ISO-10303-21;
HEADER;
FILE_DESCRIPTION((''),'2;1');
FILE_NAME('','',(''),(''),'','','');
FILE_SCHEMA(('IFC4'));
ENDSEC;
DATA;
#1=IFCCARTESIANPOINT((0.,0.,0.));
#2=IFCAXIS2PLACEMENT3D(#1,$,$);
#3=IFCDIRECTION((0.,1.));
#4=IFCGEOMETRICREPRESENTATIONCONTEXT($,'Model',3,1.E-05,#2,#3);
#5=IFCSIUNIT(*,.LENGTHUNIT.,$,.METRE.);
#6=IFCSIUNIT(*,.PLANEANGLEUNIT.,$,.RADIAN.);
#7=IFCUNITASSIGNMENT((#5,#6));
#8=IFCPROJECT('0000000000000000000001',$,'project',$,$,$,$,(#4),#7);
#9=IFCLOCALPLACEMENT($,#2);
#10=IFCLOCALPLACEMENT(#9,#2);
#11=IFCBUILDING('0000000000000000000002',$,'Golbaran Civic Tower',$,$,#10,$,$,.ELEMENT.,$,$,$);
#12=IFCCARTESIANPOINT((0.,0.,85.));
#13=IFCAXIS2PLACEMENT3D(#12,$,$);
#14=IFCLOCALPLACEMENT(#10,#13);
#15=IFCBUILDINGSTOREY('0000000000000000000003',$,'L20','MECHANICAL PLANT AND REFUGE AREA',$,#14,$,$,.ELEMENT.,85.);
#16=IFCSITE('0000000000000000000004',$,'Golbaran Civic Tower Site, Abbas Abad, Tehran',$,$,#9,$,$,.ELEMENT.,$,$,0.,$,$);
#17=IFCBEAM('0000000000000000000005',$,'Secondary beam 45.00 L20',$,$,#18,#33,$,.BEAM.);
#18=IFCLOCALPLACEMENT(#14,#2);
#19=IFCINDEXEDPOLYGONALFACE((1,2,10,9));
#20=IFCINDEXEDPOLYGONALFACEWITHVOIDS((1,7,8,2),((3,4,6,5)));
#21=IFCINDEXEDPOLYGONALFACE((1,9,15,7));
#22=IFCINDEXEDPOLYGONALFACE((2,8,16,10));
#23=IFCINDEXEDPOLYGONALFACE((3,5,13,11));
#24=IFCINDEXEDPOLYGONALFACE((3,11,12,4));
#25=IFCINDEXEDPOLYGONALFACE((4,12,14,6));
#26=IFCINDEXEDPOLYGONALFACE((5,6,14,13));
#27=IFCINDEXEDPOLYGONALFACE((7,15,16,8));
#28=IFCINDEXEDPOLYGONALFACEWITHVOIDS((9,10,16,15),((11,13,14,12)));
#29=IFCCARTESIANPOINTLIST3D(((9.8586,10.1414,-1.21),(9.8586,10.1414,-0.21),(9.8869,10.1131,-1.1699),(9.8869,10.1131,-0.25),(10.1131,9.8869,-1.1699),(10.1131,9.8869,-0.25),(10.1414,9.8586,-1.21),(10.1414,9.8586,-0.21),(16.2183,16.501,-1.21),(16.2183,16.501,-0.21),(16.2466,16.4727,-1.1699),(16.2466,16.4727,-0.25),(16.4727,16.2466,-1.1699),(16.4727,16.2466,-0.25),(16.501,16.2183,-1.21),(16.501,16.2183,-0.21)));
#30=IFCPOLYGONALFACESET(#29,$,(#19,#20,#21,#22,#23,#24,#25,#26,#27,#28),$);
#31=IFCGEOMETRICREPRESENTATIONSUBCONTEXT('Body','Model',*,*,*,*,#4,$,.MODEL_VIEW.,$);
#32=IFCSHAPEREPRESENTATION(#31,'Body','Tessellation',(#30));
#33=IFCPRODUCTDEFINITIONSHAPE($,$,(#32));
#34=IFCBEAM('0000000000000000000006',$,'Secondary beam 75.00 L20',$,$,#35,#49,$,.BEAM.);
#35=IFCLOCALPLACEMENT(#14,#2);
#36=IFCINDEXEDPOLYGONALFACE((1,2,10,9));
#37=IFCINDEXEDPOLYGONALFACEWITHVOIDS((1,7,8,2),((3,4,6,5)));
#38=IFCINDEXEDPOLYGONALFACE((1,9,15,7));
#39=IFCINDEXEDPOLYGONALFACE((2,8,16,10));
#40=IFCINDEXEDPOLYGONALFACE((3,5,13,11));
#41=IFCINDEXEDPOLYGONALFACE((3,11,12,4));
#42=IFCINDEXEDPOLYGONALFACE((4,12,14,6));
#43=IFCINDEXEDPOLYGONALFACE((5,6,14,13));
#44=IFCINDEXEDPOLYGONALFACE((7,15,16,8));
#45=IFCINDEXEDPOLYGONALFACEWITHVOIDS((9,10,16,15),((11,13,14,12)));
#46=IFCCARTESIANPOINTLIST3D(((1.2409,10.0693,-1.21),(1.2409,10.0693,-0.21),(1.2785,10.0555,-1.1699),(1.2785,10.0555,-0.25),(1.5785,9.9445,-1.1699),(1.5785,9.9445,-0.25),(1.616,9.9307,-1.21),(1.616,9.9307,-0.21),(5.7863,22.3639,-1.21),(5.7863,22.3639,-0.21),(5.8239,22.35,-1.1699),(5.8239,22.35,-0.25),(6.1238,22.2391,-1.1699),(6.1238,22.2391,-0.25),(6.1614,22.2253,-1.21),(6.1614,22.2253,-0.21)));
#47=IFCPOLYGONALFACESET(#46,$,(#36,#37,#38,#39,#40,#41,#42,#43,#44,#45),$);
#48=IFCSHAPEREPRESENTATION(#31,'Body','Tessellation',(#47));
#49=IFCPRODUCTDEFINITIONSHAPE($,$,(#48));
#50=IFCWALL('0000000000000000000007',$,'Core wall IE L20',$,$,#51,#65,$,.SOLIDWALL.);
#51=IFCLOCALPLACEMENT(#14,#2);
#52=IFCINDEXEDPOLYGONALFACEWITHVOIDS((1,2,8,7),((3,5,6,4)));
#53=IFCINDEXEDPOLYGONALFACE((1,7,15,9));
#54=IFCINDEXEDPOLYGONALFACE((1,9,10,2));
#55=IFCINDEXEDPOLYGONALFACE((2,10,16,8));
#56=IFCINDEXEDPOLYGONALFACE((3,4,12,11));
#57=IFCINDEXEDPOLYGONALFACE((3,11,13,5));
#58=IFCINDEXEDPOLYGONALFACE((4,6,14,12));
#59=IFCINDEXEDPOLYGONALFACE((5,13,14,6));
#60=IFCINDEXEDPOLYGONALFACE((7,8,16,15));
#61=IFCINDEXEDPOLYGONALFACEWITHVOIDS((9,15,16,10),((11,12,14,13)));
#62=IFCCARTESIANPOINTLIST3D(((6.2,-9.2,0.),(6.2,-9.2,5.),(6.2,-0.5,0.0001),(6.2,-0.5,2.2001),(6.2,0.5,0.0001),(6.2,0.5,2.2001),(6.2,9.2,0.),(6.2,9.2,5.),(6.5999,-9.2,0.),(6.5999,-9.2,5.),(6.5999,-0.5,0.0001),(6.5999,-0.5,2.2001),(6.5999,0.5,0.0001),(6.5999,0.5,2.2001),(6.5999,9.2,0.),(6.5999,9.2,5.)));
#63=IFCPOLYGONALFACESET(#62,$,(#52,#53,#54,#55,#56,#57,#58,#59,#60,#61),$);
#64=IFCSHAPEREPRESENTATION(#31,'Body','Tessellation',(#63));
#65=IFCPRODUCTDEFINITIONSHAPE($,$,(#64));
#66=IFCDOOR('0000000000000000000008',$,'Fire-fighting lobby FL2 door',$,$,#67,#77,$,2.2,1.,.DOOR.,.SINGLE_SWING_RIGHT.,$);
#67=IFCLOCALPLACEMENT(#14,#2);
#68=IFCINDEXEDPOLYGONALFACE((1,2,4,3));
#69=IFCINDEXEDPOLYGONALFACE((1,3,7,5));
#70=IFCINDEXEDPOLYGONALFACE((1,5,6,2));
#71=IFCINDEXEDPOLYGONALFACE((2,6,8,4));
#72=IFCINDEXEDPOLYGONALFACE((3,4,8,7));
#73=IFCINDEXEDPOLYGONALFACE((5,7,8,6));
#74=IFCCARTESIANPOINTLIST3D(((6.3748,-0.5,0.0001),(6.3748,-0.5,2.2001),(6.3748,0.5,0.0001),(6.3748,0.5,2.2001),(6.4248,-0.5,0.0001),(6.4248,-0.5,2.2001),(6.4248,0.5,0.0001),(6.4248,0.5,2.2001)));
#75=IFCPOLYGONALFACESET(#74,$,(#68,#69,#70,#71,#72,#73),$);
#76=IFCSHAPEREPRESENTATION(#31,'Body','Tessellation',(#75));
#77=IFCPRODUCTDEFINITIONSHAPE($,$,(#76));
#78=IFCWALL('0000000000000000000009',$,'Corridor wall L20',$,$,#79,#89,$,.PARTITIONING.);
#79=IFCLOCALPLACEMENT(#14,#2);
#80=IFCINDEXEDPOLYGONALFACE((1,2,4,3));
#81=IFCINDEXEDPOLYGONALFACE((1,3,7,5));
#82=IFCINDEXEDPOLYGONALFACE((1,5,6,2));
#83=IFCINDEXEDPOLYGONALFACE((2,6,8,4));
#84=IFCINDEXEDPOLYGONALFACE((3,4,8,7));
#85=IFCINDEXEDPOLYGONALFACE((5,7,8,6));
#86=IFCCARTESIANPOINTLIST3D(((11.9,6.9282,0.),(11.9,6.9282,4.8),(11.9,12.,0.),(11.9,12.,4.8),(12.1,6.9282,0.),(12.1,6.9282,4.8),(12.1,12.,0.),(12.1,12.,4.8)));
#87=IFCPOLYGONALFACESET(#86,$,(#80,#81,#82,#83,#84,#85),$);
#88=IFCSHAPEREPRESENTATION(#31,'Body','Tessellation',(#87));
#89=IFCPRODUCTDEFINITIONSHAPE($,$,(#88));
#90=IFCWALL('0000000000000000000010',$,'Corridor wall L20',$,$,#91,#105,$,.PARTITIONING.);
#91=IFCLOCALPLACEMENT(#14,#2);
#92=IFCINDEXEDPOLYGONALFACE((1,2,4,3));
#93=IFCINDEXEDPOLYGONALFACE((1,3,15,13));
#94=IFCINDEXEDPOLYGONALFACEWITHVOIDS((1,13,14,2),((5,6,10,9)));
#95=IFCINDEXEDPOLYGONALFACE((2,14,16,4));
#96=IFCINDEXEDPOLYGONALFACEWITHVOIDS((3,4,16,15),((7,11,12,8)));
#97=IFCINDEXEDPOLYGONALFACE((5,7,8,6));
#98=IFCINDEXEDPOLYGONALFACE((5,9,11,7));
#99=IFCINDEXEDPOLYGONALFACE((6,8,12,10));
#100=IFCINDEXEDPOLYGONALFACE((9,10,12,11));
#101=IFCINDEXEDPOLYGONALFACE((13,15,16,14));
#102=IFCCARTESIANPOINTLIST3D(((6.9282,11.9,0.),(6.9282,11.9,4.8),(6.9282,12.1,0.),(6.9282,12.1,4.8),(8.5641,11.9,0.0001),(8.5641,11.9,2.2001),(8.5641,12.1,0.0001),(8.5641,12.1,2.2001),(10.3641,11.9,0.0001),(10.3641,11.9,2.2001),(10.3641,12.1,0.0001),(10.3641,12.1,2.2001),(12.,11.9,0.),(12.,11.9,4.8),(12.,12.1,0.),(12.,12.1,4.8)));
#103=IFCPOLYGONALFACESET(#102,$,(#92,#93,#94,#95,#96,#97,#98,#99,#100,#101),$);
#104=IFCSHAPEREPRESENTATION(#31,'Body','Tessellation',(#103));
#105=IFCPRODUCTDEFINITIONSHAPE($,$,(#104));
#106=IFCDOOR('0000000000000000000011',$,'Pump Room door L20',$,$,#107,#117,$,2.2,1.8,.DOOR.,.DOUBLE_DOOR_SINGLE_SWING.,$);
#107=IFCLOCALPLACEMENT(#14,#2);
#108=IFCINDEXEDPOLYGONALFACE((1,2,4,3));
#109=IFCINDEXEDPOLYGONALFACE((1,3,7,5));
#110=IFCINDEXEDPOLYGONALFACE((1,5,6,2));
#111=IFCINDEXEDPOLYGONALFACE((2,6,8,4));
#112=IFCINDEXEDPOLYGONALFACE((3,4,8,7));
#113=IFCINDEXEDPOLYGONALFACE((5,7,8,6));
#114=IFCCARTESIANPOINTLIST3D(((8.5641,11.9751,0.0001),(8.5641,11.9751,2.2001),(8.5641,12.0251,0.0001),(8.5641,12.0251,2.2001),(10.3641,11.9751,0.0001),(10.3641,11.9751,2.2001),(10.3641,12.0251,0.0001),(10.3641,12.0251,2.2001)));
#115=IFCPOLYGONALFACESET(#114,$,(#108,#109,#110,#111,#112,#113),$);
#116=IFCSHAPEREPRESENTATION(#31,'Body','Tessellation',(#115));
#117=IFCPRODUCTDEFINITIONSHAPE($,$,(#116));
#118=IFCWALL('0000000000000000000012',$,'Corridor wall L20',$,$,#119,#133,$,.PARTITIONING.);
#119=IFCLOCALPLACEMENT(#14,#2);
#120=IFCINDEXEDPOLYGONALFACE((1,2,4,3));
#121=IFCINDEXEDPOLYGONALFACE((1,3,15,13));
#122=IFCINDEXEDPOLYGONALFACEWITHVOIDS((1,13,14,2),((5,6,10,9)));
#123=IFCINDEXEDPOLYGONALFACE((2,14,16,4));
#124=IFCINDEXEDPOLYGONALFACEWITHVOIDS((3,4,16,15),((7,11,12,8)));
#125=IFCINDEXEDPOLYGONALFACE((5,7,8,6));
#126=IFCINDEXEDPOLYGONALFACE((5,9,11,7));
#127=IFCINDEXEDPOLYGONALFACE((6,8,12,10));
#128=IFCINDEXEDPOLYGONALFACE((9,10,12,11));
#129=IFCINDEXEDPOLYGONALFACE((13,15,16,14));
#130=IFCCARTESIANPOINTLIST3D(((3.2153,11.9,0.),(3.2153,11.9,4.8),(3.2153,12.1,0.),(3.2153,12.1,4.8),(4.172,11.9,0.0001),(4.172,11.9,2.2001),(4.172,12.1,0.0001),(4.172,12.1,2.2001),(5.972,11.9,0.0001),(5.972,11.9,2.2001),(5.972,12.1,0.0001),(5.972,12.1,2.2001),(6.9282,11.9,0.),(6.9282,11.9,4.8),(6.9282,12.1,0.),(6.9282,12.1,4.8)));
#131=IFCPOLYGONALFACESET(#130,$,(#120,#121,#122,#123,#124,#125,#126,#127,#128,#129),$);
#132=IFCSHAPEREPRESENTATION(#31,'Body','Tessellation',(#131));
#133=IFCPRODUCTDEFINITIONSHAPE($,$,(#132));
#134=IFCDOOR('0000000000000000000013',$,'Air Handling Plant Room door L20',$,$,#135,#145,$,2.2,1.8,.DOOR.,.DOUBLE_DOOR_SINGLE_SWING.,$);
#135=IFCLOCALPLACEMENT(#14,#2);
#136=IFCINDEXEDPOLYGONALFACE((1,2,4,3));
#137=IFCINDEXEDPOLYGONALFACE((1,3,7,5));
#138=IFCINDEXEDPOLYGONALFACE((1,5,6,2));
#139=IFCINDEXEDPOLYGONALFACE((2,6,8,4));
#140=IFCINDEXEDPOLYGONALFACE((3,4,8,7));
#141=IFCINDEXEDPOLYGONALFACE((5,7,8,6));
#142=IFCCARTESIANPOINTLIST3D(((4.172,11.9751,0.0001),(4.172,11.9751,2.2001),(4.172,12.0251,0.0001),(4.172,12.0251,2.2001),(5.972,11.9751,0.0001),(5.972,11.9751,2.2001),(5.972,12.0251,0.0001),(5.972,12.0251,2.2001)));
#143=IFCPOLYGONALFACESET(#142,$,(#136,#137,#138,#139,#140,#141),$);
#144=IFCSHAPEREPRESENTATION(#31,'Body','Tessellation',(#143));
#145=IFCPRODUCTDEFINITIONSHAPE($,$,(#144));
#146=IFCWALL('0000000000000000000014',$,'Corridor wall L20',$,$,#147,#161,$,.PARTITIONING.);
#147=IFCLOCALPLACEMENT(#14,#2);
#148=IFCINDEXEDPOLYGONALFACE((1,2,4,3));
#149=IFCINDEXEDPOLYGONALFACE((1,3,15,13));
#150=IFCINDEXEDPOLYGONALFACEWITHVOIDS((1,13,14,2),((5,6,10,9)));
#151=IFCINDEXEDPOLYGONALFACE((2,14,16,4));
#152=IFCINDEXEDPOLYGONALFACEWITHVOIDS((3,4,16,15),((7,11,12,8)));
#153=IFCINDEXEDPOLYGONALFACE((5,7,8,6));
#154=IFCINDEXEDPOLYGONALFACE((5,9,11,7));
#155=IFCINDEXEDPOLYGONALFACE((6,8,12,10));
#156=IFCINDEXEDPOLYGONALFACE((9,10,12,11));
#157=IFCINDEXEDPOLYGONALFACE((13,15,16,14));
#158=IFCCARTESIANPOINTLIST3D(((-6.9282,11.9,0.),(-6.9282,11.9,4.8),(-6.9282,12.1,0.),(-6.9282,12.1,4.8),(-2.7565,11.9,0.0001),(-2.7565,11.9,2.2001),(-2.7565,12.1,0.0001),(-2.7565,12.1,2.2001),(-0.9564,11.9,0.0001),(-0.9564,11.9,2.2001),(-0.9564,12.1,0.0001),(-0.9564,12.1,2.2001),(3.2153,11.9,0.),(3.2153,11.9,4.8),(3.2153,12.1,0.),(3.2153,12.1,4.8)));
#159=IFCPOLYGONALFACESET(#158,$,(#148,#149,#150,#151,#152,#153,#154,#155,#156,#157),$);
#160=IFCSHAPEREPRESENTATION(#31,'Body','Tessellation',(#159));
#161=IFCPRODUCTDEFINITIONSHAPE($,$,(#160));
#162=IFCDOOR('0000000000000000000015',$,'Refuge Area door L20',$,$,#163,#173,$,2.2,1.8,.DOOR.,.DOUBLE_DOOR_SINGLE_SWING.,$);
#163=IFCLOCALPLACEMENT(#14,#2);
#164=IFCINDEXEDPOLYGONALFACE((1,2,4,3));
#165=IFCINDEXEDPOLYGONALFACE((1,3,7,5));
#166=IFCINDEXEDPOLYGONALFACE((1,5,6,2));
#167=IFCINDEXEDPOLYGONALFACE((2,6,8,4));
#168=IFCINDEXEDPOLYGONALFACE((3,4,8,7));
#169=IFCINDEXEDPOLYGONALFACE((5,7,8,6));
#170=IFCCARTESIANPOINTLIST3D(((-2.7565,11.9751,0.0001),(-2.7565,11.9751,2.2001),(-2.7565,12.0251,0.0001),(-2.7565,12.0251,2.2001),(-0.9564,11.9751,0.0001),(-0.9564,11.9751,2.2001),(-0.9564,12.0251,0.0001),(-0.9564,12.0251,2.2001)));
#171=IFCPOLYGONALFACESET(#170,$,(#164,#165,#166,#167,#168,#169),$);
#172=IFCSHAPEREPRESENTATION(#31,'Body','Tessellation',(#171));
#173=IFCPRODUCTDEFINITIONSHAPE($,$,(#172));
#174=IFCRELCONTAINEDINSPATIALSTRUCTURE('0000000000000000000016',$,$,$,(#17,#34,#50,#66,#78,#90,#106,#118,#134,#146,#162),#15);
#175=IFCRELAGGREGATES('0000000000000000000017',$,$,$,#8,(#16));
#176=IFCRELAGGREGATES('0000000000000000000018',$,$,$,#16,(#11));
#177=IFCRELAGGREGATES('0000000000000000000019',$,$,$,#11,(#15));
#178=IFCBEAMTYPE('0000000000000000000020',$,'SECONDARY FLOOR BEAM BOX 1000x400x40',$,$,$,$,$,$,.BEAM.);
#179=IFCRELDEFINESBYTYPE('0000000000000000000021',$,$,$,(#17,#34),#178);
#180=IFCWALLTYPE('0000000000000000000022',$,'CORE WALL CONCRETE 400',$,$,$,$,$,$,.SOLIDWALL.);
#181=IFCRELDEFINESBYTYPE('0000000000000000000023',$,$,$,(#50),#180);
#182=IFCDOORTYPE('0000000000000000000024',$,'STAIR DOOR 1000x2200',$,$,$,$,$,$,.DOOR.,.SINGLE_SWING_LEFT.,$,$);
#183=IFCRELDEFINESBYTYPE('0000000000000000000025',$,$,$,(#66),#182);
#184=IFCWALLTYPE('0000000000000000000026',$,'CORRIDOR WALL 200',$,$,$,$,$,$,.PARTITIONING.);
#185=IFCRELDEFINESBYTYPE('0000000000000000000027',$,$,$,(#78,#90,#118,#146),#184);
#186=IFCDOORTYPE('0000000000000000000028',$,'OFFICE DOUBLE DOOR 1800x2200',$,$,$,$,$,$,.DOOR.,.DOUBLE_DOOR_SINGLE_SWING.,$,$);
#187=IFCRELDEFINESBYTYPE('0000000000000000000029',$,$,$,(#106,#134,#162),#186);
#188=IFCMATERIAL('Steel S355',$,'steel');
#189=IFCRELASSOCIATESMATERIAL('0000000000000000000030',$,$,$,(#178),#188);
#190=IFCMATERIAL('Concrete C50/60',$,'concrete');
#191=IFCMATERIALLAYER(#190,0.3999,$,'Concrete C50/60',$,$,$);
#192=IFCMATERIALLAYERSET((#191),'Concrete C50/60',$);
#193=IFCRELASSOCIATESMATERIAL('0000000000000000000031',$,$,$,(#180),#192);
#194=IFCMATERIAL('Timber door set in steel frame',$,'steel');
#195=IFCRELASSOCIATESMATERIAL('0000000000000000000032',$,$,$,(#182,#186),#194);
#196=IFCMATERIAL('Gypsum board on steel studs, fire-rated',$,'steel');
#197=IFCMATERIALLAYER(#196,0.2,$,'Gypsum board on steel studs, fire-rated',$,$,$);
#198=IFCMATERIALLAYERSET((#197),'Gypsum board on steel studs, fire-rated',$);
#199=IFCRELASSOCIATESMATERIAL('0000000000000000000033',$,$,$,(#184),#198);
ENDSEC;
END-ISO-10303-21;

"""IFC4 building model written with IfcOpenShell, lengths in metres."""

from ifc_helpers import new_model, si_unit, direction, frame, frame_2d, origin, origin_2d, place, context, subcontext, project, spatial, rectangle, hollow_rectangle, extrude, material, layer, layer_set, material_profile, profile_set, type_object, element, fill, save


model = new_model("IFC4")

# Units and contexts
model_context = context("Model", 3, precision=1e-05, world=origin(), true_north=direction((0.0, 1.0)))
body_context = subcontext(model_context, "Body", "Model", "MODEL_VIEW")
ifc_project = project(units=[si_unit("LENGTHUNIT", "METRE"), si_unit("PLANEANGLEUNIT", "RADIAN")], contexts=[model_context])

# Site, building, storey
site_placement = place(None, origin())
site = spatial("IfcSite", under=ifc_project, at=site_placement, Name="Golbaran Civic Tower Site, Abbas Abad, Tehran", CompositionType="ELEMENT", RefElevation=0.0)
building_placement = place(site_placement, origin())
building = spatial("IfcBuilding", under=site, at=building_placement, Name="Golbaran Civic Tower", CompositionType="ELEMENT")
storey_placement = place(building_placement, frame((0.0, 0.0, 85.0)))
storey = spatial("IfcBuildingStorey", under=building, at=storey_placement, Name="L20", Description="MECHANICAL PLANT AND REFUGE AREA", CompositionType="ELEMENT", Elevation=85.0)

# Shared definitions
ifc_material_1 = material(Name="Steel S355", Category="steel")

# Beams
ifc_material_profile_1 = material_profile(ifc_material_1, hollow_rectangle(XDim=0.3999, YDim=1.0, WallThickness=0.04, at=origin_2d()), Name="BOX 1000x400x40")
ifc_profile_set_1 = profile_set([ifc_material_profile_1], Name="Steel S355")
beam_type_1 = type_object("IfcBeamType", Name="SECONDARY FLOOR BEAM BOX 1000x400x40", PredefinedType="BEAM", material=ifc_profile_set_1)
beam_1_placement = place(storey_placement, frame((10.0, 10.0, -0.71), z_axis=(0.707107, 0.707107, 0.0), x_axis=(-0.707107, 0.707107, 0.0)))
element("IfcBeam", 1, at=beam_1_placement, inside=storey, type_object=beam_type_1, Name="Secondary beam 45.00 L20", PredefinedType="BEAM", context=body_context, shape_type="SweptSolid", body=[
    extrude(hollow_rectangle(XDim=0.3999, YDim=1.0, WallThickness=0.04, at=origin_2d()), origin(), (0.0, 0.0, 1.0), 8.9939),
])
beam_2_placement = place(storey_placement, frame((1.4285, 10.0, -0.71), z_axis=(0.346766, 0.937952, 0.0), x_axis=(-0.937952, 0.346766, 0.0)))
element("IfcBeam", 2, at=beam_2_placement, inside=storey, type_object=beam_type_1, Name="Secondary beam 75.00 L20", PredefinedType="BEAM", context=body_context, shape_type="SweptSolid", body=[
    extrude(hollow_rectangle(XDim=0.3999, YDim=1.0, WallThickness=0.04, at=origin_2d()), origin(), (0.0, 0.0, 1.0), 13.1079),
])

# Wall, opening, door
ifc_material_2 = material(Name="Concrete C50/60", Category="concrete")
ifc_layer_1 = layer(ifc_material_2, 0.3999, Name="Concrete C50/60")
ifc_layer_set_1 = layer_set([ifc_layer_1], Name="Concrete C50/60")
wall_type_1 = type_object("IfcWallType", Name="CORE WALL CONCRETE 400", PredefinedType="SOLIDWALL", material=ifc_layer_set_1)
wall_1_placement = place(storey_placement, frame((6.3999, 9.2, 0.0), z_axis=(0.0, 0.0, 1.0), x_axis=(0.0, -1.0, 0.0)))
wall_1 = element("IfcWall", 3, at=wall_1_placement, inside=storey, type_object=wall_type_1, Name="Core wall IE L20", PredefinedType="SOLIDWALL", context=body_context, shape_type="SweptSolid", body=[
    extrude(rectangle(XDim=18.3999, YDim=0.3999, at=frame_2d((9.2, 0.0))), origin(), (0.0, 0.0, 1.0), 5.0),
])
opening_1_placement = place(wall_1_placement, frame((8.7, 0.0, 0.0)))
opening_1 = element("IfcOpeningElement", 4, at=opening_1_placement, cuts=wall_1, PredefinedType="OPENING", context=body_context, shape_type="SweptSolid", body=[
    extrude(rectangle(XDim=1.0, YDim=2.2, at=frame_2d((0.5, 1.1001))), frame((0.0, 0.21, 0.0), z_axis=(0.0, -1.0, 0.0), x_axis=(1.0, 0.0, 0.0)), (0.0, 0.0, 1.0), 0.4199),
])
ifc_material_3 = material(Name="Timber door set in steel frame", Category="steel")
door_type_1 = type_object("IfcDoorType", Name="STAIR DOOR 1000x2200", OperationType="SINGLE_SWING_LEFT", PredefinedType="DOOR", material=ifc_material_3)
door_1_placement = place(opening_1_placement, origin())
door_1 = element("IfcDoor", 5, at=door_1_placement, inside=storey, type_object=door_type_1, Name="Fire-fighting lobby FL2 door", OperationType="SINGLE_SWING_RIGHT", OverallHeight=2.2, OverallWidth=1.0, PredefinedType="DOOR", context=body_context, shape_type="SweptSolid", body=[
    extrude(rectangle(XDim=1.0, YDim=2.2, at=frame_2d((0.5, 1.1001))), frame((0.0, 0.0249, 0.0), z_axis=(0.0, -1.0, 0.0), x_axis=(1.0, 0.0, 0.0)), (0.0, 0.0, 1.0), 0.05),
])
fill(opening_1, door_1)

# Wall
ifc_material_4 = material(Name="Gypsum board on steel studs, fire-rated", Category="steel")
ifc_layer_2 = layer(ifc_material_4, 0.2, Name="Gypsum board on steel studs, fire-rated")
ifc_layer_set_2 = layer_set([ifc_layer_2], Name="Gypsum board on steel studs, fire-rated")
wall_type_2 = type_object("IfcWallType", Name="CORRIDOR WALL 200", PredefinedType="PARTITIONING", material=ifc_layer_set_2)
wall_2_placement = place(storey_placement, frame((12.0, 6.9282, 0.0), z_axis=(0.0, 0.0, 1.0), x_axis=(0.0, 1.0, 0.0)))
element("IfcWall", 6, at=wall_2_placement, inside=storey, type_object=wall_type_2, Name="Corridor wall L20", PredefinedType="PARTITIONING", context=body_context, shape_type="SweptSolid", body=[
    extrude(rectangle(XDim=5.0718, YDim=0.2, at=frame_2d((2.5359, 0.0))), origin(), (0.0, 0.0, 1.0), 4.8),
])

# Walls, openings, doors
wall_3_placement = place(storey_placement, frame((12.0, 12.0, 0.0), z_axis=(0.0, 0.0, 1.0), x_axis=(-1.0, 0.0, 0.0)))
wall_3 = element("IfcWall", 7, at=wall_3_placement, inside=storey, type_object=wall_type_2, Name="Corridor wall L20", PredefinedType="PARTITIONING", context=body_context, shape_type="SweptSolid", body=[
    extrude(rectangle(XDim=5.0718, YDim=0.2, at=frame_2d((2.5359, 0.0))), origin(), (0.0, 0.0, 1.0), 4.8),
])
opening_2_placement = place(wall_3_placement, frame((1.636, 0.0, 0.0)))
opening_2 = element("IfcOpeningElement", 8, at=opening_2_placement, cuts=wall_3, PredefinedType="OPENING", context=body_context, shape_type="SweptSolid", body=[
    extrude(rectangle(XDim=1.8, YDim=2.2, at=frame_2d((0.8999, 1.1001))), frame((0.0, 0.1099, 0.0), z_axis=(0.0, -1.0, 0.0), x_axis=(1.0, 0.0, 0.0)), (0.0, 0.0, 1.0), 0.22),
])
door_type_2 = type_object("IfcDoorType", Name="OFFICE DOUBLE DOOR 1800x2200", OperationType="DOUBLE_DOOR_SINGLE_SWING", PredefinedType="DOOR", material=ifc_material_3)
door_2_placement = place(opening_2_placement, origin())
door_2 = element("IfcDoor", 9, at=door_2_placement, inside=storey, type_object=door_type_2, Name="Pump Room door L20", OperationType="DOUBLE_DOOR_SINGLE_SWING", OverallHeight=2.2, OverallWidth=1.8, PredefinedType="DOOR", context=body_context, shape_type="SweptSolid", body=[
    extrude(rectangle(XDim=1.8, YDim=2.2, at=frame_2d((0.8999, 1.1001))), frame((0.0, 0.0249, 0.0), z_axis=(0.0, -1.0, 0.0), x_axis=(1.0, 0.0, 0.0)), (0.0, 0.0, 1.0), 0.05),
])
fill(opening_2, door_2)
wall_4_placement = place(storey_placement, frame((6.9282, 12.0, 0.0), z_axis=(0.0, 0.0, 1.0), x_axis=(-1.0, 0.0, 0.0)))
wall_4 = element("IfcWall", 10, at=wall_4_placement, inside=storey, type_object=wall_type_2, Name="Corridor wall L20", PredefinedType="PARTITIONING", context=body_context, shape_type="SweptSolid", body=[
    extrude(rectangle(XDim=3.7129, YDim=0.2, at=frame_2d((1.8564, 0.0))), origin(), (0.0, 0.0, 1.0), 4.8),
])
opening_3_placement = place(wall_4_placement, frame((0.9563, 0.0, 0.0)))
opening_3 = element("IfcOpeningElement", 11, at=opening_3_placement, cuts=wall_4, PredefinedType="OPENING", context=body_context, shape_type="SweptSolid", body=[
    extrude(rectangle(XDim=1.8, YDim=2.2, at=frame_2d((0.8999, 1.1001))), frame((0.0, 0.1099, 0.0), z_axis=(0.0, -1.0, 0.0), x_axis=(1.0, 0.0, 0.0)), (0.0, 0.0, 1.0), 0.22),
])
door_3_placement = place(opening_3_placement, origin())
door_3 = element("IfcDoor", 12, at=door_3_placement, inside=storey, type_object=door_type_2, Name="Air Handling Plant Room door L20", OperationType="DOUBLE_DOOR_SINGLE_SWING", OverallHeight=2.2, OverallWidth=1.8, PredefinedType="DOOR", context=body_context, shape_type="SweptSolid", body=[
    extrude(rectangle(XDim=1.8, YDim=2.2, at=frame_2d((0.8999, 1.1001))), frame((0.0, 0.0249, 0.0), z_axis=(0.0, -1.0, 0.0), x_axis=(1.0, 0.0, 0.0)), (0.0, 0.0, 1.0), 0.05),
])
fill(opening_3, door_3)
wall_5_placement = place(storey_placement, frame((3.2153, 12.0, 0.0), z_axis=(0.0, 0.0, 1.0), x_axis=(-1.0, 0.0, 0.0)))
wall_5 = element("IfcWall", 13, at=wall_5_placement, inside=storey, type_object=wall_type_2, Name="Corridor wall L20", PredefinedType="PARTITIONING", context=body_context, shape_type="SweptSolid", body=[
    extrude(rectangle(XDim=10.1436, YDim=0.2, at=frame_2d((5.0718, 0.0))), origin(), (0.0, 0.0, 1.0), 4.8),
])
opening_4_placement = place(wall_5_placement, frame((4.1719, 0.0, 0.0)))
opening_4 = element("IfcOpeningElement", 14, at=opening_4_placement, cuts=wall_5, PredefinedType="OPENING", context=body_context, shape_type="SweptSolid", body=[
    extrude(rectangle(XDim=1.8, YDim=2.2, at=frame_2d((0.8999, 1.1001))), frame((0.0, 0.1099, 0.0), z_axis=(0.0, -1.0, 0.0), x_axis=(1.0, 0.0, 0.0)), (0.0, 0.0, 1.0), 0.22),
])
door_4_placement = place(opening_4_placement, origin())
door_4 = element("IfcDoor", 15, at=door_4_placement, inside=storey, type_object=door_type_2, Name="Refuge Area door L20", OperationType="DOUBLE_DOOR_SINGLE_SWING", OverallHeight=2.2, OverallWidth=1.8, PredefinedType="DOOR", context=body_context, shape_type="SweptSolid", body=[
    extrude(rectangle(XDim=1.8, YDim=2.2, at=frame_2d((0.8999, 1.1001))), frame((0.0, 0.0249, 0.0), z_axis=(0.0, -1.0, 0.0), x_axis=(1.0, 0.0, 0.0)), (0.0, 0.0, 1.0), 0.05),
])
fill(opening_4, door_4)

save(model, "model.ifc")
